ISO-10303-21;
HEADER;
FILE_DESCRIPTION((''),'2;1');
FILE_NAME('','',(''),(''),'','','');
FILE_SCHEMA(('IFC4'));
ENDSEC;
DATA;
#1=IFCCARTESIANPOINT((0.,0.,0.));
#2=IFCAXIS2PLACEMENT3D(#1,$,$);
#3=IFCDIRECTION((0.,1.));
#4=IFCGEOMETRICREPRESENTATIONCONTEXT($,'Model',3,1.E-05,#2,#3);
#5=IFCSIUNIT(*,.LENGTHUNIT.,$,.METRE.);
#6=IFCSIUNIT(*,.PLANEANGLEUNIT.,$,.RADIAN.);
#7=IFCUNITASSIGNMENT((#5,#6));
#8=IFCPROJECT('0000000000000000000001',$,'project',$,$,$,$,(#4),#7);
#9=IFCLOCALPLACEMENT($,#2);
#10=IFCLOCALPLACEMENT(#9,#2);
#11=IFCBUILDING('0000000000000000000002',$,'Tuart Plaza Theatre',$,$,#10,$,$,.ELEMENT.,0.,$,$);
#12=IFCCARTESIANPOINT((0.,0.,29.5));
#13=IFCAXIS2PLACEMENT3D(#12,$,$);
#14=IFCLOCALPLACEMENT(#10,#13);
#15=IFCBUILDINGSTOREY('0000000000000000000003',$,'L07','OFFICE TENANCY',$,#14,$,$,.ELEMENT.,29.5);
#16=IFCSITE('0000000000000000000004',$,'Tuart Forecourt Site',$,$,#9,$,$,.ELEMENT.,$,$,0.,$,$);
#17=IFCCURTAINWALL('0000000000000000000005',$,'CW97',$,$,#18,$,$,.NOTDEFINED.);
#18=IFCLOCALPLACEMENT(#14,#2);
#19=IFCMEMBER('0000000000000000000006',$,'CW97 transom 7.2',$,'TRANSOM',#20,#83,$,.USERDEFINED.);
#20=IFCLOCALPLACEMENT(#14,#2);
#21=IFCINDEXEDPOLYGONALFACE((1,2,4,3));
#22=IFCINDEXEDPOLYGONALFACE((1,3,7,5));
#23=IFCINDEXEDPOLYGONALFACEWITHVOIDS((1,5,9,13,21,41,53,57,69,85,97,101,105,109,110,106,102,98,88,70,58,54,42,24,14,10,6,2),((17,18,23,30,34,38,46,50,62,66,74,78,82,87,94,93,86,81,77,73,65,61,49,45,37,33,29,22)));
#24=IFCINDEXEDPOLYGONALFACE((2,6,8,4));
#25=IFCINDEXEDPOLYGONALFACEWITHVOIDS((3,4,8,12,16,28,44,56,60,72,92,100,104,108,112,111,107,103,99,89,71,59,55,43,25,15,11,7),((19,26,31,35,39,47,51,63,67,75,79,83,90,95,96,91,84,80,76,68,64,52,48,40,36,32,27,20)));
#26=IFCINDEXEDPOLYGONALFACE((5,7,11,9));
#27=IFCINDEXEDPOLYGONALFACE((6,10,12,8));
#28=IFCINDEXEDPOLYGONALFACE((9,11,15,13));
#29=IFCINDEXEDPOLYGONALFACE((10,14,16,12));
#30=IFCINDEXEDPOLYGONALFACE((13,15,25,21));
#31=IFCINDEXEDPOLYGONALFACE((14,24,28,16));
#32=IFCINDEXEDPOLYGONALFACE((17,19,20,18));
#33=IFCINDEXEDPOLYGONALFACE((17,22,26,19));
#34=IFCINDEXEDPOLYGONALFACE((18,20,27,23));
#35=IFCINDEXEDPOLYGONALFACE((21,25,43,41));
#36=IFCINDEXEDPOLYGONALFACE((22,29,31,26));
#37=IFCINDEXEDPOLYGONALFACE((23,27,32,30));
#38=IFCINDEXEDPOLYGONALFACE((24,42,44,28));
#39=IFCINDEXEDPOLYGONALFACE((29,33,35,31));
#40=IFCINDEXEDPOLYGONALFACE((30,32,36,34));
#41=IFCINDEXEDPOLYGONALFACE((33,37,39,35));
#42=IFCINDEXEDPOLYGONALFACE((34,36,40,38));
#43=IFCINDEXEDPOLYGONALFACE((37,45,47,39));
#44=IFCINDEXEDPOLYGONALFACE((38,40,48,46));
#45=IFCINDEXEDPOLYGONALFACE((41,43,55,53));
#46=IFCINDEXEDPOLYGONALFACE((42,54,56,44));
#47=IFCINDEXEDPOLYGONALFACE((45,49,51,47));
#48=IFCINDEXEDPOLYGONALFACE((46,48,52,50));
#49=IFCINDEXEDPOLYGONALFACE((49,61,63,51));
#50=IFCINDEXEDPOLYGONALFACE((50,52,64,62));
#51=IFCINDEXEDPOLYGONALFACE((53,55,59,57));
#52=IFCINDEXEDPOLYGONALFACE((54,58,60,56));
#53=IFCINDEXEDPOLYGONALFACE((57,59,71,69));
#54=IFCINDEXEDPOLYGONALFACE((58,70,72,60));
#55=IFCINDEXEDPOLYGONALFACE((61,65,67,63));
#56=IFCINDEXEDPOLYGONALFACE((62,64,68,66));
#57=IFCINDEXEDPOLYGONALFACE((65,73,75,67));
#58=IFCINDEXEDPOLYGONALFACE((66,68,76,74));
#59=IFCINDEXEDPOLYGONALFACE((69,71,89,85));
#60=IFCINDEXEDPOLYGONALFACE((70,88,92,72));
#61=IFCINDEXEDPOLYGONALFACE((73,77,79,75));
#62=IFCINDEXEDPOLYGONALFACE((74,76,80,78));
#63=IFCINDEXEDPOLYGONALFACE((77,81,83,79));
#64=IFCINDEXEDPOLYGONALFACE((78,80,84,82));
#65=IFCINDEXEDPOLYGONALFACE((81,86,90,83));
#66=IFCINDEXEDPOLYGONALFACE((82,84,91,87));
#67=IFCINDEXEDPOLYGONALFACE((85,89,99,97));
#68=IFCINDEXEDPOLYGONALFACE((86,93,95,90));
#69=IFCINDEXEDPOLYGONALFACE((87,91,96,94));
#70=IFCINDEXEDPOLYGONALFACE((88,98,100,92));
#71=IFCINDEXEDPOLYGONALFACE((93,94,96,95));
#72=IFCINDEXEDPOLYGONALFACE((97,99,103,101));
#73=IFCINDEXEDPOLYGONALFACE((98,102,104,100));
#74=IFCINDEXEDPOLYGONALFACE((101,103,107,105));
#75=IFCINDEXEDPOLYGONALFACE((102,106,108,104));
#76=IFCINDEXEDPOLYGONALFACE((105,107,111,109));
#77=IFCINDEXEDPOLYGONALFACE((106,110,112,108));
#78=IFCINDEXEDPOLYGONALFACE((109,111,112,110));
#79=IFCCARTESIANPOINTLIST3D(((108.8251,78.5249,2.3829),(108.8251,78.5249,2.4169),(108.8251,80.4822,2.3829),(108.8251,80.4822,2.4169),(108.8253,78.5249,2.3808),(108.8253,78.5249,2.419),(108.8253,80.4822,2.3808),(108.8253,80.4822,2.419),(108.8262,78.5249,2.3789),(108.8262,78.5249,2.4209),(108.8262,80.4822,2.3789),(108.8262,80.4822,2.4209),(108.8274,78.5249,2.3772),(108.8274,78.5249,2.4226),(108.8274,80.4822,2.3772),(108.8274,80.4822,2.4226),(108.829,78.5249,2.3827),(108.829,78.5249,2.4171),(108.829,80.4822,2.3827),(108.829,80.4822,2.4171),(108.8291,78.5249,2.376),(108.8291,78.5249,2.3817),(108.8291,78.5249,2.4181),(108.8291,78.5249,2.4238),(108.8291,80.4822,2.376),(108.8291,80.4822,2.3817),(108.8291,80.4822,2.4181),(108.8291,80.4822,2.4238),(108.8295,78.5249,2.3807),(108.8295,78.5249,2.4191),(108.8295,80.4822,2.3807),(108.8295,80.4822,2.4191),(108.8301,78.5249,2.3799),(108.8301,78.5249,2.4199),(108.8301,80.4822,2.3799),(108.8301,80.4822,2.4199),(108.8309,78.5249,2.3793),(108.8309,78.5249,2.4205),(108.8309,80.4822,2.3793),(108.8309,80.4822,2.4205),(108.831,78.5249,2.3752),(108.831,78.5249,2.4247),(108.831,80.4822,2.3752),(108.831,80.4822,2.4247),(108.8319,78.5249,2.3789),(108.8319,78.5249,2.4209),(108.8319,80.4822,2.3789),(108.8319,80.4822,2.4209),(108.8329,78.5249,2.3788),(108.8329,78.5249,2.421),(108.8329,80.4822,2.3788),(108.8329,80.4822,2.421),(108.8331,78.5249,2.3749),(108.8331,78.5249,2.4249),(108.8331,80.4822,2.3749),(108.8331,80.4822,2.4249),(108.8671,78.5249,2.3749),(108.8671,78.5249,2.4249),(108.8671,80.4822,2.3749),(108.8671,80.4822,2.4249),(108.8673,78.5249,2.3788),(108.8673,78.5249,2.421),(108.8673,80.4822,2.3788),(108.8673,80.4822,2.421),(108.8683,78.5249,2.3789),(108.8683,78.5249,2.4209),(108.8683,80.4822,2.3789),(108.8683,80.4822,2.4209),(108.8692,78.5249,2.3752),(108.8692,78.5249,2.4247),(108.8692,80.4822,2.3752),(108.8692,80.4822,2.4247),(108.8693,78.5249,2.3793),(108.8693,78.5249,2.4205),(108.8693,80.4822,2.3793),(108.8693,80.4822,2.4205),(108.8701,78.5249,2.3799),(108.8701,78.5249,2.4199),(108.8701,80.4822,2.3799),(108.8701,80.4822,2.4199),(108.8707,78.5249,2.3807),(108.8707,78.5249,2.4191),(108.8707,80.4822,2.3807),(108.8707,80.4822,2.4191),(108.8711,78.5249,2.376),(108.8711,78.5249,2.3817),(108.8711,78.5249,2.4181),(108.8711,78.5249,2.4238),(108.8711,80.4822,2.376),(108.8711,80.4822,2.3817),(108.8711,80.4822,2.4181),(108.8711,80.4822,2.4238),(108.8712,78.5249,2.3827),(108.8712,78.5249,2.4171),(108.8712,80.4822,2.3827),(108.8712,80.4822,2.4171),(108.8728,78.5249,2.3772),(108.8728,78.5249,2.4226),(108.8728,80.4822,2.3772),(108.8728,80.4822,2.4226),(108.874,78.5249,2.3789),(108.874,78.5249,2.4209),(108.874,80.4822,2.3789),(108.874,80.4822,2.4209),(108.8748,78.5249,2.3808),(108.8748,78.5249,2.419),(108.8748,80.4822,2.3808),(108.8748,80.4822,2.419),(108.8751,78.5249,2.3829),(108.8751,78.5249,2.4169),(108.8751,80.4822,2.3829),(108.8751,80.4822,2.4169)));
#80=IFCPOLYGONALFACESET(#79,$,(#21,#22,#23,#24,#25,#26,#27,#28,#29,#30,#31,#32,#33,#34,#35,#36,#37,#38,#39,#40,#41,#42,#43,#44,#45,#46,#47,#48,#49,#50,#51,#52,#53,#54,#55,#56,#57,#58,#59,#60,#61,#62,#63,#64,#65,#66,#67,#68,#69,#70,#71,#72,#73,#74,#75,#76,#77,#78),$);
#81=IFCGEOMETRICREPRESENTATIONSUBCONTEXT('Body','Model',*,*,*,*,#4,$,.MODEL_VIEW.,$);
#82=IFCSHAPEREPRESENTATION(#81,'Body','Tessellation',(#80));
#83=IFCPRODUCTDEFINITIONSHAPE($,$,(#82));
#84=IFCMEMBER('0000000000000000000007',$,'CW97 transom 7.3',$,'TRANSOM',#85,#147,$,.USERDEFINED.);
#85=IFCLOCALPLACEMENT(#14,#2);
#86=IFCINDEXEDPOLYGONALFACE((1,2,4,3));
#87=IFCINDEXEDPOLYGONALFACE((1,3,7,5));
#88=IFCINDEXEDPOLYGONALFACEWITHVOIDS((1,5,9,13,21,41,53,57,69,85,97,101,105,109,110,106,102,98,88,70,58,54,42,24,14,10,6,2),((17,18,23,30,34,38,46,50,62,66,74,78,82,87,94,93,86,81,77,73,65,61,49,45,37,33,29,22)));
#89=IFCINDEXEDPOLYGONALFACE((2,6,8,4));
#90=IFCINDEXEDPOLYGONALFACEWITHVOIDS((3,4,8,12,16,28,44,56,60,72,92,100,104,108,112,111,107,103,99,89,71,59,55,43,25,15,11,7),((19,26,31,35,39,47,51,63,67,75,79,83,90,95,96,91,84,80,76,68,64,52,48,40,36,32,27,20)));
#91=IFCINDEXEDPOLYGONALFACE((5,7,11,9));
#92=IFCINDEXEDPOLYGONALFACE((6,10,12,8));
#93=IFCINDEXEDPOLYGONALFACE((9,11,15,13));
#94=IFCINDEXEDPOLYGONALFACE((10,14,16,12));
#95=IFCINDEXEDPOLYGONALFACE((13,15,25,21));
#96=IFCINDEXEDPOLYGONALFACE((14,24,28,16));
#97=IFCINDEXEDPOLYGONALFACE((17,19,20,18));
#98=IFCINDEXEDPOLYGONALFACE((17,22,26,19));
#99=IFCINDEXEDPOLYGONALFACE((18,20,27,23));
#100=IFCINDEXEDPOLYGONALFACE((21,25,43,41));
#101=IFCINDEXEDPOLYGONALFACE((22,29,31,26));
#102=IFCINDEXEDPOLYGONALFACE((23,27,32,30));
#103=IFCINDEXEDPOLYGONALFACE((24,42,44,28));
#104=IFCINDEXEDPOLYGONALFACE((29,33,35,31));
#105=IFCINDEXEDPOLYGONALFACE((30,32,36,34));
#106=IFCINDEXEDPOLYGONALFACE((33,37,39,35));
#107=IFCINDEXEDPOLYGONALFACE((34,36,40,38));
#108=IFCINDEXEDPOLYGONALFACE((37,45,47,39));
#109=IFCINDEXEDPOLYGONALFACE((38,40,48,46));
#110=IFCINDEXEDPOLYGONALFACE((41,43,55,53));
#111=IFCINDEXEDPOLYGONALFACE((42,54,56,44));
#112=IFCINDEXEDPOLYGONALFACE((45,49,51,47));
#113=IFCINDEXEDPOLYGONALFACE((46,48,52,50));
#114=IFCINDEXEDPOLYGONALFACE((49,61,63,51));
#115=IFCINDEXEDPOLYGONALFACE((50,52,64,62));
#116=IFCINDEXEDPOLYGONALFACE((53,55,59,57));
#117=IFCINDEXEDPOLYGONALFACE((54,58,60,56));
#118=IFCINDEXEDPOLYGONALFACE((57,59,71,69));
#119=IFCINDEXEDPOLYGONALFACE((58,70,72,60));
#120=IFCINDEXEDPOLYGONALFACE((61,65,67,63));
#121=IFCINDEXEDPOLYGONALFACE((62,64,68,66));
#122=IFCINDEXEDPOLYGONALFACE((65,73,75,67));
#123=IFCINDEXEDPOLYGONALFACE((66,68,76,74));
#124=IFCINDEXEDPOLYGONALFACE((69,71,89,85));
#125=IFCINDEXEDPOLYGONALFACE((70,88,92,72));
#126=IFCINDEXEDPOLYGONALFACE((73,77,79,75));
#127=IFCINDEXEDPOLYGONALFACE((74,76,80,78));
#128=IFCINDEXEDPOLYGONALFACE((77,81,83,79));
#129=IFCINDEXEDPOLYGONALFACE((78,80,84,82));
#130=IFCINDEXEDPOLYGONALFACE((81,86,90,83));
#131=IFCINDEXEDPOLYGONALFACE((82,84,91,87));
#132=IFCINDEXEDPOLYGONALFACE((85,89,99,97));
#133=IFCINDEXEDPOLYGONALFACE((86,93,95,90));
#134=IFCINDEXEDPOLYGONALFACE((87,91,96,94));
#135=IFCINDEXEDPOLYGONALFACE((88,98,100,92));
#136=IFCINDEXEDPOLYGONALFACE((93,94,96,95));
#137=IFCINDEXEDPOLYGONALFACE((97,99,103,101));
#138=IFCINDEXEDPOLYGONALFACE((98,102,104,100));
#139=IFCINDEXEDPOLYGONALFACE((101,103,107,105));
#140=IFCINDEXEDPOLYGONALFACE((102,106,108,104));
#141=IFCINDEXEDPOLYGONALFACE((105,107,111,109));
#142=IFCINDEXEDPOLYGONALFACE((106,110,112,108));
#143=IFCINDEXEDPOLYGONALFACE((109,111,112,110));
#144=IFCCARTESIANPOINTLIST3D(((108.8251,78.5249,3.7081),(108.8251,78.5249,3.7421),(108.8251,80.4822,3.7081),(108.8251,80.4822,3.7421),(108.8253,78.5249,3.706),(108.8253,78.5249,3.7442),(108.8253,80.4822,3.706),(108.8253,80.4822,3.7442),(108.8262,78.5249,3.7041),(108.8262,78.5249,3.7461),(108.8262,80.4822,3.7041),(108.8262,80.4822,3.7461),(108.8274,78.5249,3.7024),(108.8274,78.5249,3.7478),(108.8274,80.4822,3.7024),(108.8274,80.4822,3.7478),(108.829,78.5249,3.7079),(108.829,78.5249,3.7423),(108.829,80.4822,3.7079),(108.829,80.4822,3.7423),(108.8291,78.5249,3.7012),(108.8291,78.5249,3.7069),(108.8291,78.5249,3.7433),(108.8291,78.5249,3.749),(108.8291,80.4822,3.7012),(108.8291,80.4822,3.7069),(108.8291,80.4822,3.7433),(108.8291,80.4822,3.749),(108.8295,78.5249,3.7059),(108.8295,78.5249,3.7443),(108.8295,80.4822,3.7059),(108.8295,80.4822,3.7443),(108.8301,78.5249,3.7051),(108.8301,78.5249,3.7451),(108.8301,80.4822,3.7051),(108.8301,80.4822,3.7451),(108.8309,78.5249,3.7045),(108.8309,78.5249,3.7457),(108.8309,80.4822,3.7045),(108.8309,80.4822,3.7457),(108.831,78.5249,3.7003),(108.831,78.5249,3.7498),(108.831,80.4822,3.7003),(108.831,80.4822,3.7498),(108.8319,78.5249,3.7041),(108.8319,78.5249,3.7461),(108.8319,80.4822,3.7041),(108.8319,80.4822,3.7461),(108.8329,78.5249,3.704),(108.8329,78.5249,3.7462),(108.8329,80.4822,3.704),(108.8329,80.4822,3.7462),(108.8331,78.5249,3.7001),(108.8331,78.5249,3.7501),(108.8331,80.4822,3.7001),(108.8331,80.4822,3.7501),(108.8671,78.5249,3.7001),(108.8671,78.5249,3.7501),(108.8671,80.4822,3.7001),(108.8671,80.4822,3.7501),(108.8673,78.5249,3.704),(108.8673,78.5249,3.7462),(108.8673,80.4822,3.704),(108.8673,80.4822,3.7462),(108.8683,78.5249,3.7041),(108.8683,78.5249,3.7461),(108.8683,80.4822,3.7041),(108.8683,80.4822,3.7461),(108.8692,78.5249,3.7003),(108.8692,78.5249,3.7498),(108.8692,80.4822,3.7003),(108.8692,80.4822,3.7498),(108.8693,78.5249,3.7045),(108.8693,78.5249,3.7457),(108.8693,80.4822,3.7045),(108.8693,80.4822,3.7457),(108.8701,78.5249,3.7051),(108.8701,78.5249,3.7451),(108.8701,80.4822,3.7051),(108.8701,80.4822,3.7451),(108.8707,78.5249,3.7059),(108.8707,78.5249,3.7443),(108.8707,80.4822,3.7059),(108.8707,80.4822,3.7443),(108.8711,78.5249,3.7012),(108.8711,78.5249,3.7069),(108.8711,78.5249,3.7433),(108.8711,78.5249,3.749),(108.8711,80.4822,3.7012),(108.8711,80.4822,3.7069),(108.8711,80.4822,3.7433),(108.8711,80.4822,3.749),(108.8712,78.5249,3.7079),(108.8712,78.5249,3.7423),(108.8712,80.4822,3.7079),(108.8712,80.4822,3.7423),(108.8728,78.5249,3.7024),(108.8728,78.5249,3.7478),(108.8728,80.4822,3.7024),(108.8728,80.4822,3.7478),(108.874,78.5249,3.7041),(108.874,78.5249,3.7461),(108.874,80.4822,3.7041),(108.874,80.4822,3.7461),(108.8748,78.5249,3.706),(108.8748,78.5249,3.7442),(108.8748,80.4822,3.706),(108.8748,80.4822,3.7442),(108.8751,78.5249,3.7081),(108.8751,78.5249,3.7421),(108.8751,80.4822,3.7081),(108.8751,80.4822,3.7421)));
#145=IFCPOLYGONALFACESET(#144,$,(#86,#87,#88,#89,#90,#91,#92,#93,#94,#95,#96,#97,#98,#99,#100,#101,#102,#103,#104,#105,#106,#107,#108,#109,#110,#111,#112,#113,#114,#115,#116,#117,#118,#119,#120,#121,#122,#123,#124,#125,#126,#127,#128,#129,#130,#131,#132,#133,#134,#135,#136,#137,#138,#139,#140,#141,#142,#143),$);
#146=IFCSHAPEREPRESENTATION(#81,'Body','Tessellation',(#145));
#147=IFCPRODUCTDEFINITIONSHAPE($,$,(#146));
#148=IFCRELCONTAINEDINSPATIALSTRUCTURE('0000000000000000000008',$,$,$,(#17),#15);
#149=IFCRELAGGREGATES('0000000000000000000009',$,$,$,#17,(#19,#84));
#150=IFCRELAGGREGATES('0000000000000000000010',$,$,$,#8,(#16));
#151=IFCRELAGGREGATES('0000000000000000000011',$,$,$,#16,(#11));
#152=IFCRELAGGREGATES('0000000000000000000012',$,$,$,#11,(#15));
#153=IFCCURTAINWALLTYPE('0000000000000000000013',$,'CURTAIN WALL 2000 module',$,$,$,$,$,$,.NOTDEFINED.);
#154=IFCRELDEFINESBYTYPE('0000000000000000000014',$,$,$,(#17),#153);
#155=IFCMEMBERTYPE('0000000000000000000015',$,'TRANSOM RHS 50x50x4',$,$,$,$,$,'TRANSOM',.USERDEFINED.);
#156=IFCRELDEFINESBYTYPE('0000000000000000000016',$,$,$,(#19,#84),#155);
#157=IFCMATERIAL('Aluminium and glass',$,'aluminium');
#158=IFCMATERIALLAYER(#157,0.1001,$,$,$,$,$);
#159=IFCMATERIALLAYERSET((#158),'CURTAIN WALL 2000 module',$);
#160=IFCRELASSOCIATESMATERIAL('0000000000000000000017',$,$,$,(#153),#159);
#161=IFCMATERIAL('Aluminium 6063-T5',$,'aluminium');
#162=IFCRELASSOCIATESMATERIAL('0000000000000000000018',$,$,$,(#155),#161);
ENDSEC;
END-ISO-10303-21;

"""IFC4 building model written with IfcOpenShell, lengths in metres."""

from ifc_helpers import new_model, si_unit, direction, frame, origin, origin_2d, place, context, subcontext, project, spatial, hollow_rectangle, extrude, material, layer, layer_set, material_profile, profile_set, type_object, element, aggregate, save


model = new_model("IFC4")

# Units and contexts
model_context = context("Model", 3, precision=1e-05, world=origin(), true_north=direction((0.0, 1.0)))
body_context = subcontext(model_context, "Body", "Model", "MODEL_VIEW")
ifc_project = project(units=[si_unit("LENGTHUNIT", "METRE"), si_unit("PLANEANGLEUNIT", "RADIAN")], contexts=[model_context])

# Site, building, storey
site_placement = place(None, origin())
site = spatial("IfcSite", under=ifc_project, at=site_placement, Name="Tuart Forecourt Site", CompositionType="ELEMENT", RefElevation=0.0)
building_placement = place(site_placement, origin())
building = spatial("IfcBuilding", under=site, at=building_placement, Name="Tuart Plaza Theatre", CompositionType="ELEMENT", ElevationOfRefHeight=0.0)
storey_placement = place(building_placement, frame((0.0, 0.0, 29.5)))
storey = spatial("IfcBuildingStorey", under=building, at=storey_placement, Name="L07", Description="OFFICE TENANCY", CompositionType="ELEMENT", Elevation=29.5)

# Curtain wall, members
ifc_material_1 = material(Name="Aluminium and glass", Category="aluminium")
ifc_layer_1 = layer(ifc_material_1, 0.1001)
ifc_layer_set_1 = layer_set([ifc_layer_1], Name="CURTAIN WALL 2000 module")
curtain_wall_type = type_object("IfcCurtainWallType", Name="CURTAIN WALL 2000 module", PredefinedType="NOTDEFINED", material=ifc_layer_set_1)
curtain_wall_placement = place(storey_placement, origin())
curtain_wall = element("IfcCurtainWall", 1, at=curtain_wall_placement, inside=storey, type_object=curtain_wall_type, Name="CW97", PredefinedType="NOTDEFINED")
ifc_material_2 = material(Name="Aluminium 6063-T5", Category="aluminium")
ifc_material_profile_1 = material_profile(ifc_material_2, hollow_rectangle(XDim=0.05, YDim=0.05, WallThickness=0.0039, InnerFilletRadius=0.0039, OuterFilletRadius=0.0081, at=origin_2d()), Name="RHS 50x50x4")
ifc_profile_set_1 = profile_set([ifc_material_profile_1], Name="Aluminium 6063-T5")
member_type = type_object("IfcMemberType", Name="TRANSOM RHS 50x50x4", ElementType="TRANSOM", PredefinedType="USERDEFINED", material=ifc_profile_set_1)
member_1_placement = place(storey_placement, frame((108.8501, 80.4822, 2.3999), z_axis=(0.0, -1.0, 0.0), x_axis=(1.0, 0.0, 0.0)))
member_1 = element("IfcMember", 2, at=member_1_placement, type_object=member_type, Name="CW97 transom 7.2", ObjectType="TRANSOM", PredefinedType="USERDEFINED", context=body_context, shape_type="SweptSolid", body=[
    extrude(hollow_rectangle(XDim=0.05, YDim=0.05, WallThickness=0.0039, InnerFilletRadius=0.0039, OuterFilletRadius=0.0081, at=origin_2d()), origin(), (0.0, 0.0, 1.0), 1.9573),
])
member_2_placement = place(storey_placement, frame((108.8501, 80.4822, 3.7251), z_axis=(0.0, -1.0, 0.0), x_axis=(1.0, 0.0, 0.0)))
member_2 = element("IfcMember", 3, at=member_2_placement, type_object=member_type, Name="CW97 transom 7.3", ObjectType="TRANSOM", PredefinedType="USERDEFINED", context=body_context, shape_type="SweptSolid", body=[
    extrude(hollow_rectangle(XDim=0.05, YDim=0.05, WallThickness=0.0039, InnerFilletRadius=0.0039, OuterFilletRadius=0.0081, at=origin_2d()), origin(), (0.0, 0.0, 1.0), 1.9573),
])
aggregate(curtain_wall, [member_1, member_2])

save(model, "model.ifc")
